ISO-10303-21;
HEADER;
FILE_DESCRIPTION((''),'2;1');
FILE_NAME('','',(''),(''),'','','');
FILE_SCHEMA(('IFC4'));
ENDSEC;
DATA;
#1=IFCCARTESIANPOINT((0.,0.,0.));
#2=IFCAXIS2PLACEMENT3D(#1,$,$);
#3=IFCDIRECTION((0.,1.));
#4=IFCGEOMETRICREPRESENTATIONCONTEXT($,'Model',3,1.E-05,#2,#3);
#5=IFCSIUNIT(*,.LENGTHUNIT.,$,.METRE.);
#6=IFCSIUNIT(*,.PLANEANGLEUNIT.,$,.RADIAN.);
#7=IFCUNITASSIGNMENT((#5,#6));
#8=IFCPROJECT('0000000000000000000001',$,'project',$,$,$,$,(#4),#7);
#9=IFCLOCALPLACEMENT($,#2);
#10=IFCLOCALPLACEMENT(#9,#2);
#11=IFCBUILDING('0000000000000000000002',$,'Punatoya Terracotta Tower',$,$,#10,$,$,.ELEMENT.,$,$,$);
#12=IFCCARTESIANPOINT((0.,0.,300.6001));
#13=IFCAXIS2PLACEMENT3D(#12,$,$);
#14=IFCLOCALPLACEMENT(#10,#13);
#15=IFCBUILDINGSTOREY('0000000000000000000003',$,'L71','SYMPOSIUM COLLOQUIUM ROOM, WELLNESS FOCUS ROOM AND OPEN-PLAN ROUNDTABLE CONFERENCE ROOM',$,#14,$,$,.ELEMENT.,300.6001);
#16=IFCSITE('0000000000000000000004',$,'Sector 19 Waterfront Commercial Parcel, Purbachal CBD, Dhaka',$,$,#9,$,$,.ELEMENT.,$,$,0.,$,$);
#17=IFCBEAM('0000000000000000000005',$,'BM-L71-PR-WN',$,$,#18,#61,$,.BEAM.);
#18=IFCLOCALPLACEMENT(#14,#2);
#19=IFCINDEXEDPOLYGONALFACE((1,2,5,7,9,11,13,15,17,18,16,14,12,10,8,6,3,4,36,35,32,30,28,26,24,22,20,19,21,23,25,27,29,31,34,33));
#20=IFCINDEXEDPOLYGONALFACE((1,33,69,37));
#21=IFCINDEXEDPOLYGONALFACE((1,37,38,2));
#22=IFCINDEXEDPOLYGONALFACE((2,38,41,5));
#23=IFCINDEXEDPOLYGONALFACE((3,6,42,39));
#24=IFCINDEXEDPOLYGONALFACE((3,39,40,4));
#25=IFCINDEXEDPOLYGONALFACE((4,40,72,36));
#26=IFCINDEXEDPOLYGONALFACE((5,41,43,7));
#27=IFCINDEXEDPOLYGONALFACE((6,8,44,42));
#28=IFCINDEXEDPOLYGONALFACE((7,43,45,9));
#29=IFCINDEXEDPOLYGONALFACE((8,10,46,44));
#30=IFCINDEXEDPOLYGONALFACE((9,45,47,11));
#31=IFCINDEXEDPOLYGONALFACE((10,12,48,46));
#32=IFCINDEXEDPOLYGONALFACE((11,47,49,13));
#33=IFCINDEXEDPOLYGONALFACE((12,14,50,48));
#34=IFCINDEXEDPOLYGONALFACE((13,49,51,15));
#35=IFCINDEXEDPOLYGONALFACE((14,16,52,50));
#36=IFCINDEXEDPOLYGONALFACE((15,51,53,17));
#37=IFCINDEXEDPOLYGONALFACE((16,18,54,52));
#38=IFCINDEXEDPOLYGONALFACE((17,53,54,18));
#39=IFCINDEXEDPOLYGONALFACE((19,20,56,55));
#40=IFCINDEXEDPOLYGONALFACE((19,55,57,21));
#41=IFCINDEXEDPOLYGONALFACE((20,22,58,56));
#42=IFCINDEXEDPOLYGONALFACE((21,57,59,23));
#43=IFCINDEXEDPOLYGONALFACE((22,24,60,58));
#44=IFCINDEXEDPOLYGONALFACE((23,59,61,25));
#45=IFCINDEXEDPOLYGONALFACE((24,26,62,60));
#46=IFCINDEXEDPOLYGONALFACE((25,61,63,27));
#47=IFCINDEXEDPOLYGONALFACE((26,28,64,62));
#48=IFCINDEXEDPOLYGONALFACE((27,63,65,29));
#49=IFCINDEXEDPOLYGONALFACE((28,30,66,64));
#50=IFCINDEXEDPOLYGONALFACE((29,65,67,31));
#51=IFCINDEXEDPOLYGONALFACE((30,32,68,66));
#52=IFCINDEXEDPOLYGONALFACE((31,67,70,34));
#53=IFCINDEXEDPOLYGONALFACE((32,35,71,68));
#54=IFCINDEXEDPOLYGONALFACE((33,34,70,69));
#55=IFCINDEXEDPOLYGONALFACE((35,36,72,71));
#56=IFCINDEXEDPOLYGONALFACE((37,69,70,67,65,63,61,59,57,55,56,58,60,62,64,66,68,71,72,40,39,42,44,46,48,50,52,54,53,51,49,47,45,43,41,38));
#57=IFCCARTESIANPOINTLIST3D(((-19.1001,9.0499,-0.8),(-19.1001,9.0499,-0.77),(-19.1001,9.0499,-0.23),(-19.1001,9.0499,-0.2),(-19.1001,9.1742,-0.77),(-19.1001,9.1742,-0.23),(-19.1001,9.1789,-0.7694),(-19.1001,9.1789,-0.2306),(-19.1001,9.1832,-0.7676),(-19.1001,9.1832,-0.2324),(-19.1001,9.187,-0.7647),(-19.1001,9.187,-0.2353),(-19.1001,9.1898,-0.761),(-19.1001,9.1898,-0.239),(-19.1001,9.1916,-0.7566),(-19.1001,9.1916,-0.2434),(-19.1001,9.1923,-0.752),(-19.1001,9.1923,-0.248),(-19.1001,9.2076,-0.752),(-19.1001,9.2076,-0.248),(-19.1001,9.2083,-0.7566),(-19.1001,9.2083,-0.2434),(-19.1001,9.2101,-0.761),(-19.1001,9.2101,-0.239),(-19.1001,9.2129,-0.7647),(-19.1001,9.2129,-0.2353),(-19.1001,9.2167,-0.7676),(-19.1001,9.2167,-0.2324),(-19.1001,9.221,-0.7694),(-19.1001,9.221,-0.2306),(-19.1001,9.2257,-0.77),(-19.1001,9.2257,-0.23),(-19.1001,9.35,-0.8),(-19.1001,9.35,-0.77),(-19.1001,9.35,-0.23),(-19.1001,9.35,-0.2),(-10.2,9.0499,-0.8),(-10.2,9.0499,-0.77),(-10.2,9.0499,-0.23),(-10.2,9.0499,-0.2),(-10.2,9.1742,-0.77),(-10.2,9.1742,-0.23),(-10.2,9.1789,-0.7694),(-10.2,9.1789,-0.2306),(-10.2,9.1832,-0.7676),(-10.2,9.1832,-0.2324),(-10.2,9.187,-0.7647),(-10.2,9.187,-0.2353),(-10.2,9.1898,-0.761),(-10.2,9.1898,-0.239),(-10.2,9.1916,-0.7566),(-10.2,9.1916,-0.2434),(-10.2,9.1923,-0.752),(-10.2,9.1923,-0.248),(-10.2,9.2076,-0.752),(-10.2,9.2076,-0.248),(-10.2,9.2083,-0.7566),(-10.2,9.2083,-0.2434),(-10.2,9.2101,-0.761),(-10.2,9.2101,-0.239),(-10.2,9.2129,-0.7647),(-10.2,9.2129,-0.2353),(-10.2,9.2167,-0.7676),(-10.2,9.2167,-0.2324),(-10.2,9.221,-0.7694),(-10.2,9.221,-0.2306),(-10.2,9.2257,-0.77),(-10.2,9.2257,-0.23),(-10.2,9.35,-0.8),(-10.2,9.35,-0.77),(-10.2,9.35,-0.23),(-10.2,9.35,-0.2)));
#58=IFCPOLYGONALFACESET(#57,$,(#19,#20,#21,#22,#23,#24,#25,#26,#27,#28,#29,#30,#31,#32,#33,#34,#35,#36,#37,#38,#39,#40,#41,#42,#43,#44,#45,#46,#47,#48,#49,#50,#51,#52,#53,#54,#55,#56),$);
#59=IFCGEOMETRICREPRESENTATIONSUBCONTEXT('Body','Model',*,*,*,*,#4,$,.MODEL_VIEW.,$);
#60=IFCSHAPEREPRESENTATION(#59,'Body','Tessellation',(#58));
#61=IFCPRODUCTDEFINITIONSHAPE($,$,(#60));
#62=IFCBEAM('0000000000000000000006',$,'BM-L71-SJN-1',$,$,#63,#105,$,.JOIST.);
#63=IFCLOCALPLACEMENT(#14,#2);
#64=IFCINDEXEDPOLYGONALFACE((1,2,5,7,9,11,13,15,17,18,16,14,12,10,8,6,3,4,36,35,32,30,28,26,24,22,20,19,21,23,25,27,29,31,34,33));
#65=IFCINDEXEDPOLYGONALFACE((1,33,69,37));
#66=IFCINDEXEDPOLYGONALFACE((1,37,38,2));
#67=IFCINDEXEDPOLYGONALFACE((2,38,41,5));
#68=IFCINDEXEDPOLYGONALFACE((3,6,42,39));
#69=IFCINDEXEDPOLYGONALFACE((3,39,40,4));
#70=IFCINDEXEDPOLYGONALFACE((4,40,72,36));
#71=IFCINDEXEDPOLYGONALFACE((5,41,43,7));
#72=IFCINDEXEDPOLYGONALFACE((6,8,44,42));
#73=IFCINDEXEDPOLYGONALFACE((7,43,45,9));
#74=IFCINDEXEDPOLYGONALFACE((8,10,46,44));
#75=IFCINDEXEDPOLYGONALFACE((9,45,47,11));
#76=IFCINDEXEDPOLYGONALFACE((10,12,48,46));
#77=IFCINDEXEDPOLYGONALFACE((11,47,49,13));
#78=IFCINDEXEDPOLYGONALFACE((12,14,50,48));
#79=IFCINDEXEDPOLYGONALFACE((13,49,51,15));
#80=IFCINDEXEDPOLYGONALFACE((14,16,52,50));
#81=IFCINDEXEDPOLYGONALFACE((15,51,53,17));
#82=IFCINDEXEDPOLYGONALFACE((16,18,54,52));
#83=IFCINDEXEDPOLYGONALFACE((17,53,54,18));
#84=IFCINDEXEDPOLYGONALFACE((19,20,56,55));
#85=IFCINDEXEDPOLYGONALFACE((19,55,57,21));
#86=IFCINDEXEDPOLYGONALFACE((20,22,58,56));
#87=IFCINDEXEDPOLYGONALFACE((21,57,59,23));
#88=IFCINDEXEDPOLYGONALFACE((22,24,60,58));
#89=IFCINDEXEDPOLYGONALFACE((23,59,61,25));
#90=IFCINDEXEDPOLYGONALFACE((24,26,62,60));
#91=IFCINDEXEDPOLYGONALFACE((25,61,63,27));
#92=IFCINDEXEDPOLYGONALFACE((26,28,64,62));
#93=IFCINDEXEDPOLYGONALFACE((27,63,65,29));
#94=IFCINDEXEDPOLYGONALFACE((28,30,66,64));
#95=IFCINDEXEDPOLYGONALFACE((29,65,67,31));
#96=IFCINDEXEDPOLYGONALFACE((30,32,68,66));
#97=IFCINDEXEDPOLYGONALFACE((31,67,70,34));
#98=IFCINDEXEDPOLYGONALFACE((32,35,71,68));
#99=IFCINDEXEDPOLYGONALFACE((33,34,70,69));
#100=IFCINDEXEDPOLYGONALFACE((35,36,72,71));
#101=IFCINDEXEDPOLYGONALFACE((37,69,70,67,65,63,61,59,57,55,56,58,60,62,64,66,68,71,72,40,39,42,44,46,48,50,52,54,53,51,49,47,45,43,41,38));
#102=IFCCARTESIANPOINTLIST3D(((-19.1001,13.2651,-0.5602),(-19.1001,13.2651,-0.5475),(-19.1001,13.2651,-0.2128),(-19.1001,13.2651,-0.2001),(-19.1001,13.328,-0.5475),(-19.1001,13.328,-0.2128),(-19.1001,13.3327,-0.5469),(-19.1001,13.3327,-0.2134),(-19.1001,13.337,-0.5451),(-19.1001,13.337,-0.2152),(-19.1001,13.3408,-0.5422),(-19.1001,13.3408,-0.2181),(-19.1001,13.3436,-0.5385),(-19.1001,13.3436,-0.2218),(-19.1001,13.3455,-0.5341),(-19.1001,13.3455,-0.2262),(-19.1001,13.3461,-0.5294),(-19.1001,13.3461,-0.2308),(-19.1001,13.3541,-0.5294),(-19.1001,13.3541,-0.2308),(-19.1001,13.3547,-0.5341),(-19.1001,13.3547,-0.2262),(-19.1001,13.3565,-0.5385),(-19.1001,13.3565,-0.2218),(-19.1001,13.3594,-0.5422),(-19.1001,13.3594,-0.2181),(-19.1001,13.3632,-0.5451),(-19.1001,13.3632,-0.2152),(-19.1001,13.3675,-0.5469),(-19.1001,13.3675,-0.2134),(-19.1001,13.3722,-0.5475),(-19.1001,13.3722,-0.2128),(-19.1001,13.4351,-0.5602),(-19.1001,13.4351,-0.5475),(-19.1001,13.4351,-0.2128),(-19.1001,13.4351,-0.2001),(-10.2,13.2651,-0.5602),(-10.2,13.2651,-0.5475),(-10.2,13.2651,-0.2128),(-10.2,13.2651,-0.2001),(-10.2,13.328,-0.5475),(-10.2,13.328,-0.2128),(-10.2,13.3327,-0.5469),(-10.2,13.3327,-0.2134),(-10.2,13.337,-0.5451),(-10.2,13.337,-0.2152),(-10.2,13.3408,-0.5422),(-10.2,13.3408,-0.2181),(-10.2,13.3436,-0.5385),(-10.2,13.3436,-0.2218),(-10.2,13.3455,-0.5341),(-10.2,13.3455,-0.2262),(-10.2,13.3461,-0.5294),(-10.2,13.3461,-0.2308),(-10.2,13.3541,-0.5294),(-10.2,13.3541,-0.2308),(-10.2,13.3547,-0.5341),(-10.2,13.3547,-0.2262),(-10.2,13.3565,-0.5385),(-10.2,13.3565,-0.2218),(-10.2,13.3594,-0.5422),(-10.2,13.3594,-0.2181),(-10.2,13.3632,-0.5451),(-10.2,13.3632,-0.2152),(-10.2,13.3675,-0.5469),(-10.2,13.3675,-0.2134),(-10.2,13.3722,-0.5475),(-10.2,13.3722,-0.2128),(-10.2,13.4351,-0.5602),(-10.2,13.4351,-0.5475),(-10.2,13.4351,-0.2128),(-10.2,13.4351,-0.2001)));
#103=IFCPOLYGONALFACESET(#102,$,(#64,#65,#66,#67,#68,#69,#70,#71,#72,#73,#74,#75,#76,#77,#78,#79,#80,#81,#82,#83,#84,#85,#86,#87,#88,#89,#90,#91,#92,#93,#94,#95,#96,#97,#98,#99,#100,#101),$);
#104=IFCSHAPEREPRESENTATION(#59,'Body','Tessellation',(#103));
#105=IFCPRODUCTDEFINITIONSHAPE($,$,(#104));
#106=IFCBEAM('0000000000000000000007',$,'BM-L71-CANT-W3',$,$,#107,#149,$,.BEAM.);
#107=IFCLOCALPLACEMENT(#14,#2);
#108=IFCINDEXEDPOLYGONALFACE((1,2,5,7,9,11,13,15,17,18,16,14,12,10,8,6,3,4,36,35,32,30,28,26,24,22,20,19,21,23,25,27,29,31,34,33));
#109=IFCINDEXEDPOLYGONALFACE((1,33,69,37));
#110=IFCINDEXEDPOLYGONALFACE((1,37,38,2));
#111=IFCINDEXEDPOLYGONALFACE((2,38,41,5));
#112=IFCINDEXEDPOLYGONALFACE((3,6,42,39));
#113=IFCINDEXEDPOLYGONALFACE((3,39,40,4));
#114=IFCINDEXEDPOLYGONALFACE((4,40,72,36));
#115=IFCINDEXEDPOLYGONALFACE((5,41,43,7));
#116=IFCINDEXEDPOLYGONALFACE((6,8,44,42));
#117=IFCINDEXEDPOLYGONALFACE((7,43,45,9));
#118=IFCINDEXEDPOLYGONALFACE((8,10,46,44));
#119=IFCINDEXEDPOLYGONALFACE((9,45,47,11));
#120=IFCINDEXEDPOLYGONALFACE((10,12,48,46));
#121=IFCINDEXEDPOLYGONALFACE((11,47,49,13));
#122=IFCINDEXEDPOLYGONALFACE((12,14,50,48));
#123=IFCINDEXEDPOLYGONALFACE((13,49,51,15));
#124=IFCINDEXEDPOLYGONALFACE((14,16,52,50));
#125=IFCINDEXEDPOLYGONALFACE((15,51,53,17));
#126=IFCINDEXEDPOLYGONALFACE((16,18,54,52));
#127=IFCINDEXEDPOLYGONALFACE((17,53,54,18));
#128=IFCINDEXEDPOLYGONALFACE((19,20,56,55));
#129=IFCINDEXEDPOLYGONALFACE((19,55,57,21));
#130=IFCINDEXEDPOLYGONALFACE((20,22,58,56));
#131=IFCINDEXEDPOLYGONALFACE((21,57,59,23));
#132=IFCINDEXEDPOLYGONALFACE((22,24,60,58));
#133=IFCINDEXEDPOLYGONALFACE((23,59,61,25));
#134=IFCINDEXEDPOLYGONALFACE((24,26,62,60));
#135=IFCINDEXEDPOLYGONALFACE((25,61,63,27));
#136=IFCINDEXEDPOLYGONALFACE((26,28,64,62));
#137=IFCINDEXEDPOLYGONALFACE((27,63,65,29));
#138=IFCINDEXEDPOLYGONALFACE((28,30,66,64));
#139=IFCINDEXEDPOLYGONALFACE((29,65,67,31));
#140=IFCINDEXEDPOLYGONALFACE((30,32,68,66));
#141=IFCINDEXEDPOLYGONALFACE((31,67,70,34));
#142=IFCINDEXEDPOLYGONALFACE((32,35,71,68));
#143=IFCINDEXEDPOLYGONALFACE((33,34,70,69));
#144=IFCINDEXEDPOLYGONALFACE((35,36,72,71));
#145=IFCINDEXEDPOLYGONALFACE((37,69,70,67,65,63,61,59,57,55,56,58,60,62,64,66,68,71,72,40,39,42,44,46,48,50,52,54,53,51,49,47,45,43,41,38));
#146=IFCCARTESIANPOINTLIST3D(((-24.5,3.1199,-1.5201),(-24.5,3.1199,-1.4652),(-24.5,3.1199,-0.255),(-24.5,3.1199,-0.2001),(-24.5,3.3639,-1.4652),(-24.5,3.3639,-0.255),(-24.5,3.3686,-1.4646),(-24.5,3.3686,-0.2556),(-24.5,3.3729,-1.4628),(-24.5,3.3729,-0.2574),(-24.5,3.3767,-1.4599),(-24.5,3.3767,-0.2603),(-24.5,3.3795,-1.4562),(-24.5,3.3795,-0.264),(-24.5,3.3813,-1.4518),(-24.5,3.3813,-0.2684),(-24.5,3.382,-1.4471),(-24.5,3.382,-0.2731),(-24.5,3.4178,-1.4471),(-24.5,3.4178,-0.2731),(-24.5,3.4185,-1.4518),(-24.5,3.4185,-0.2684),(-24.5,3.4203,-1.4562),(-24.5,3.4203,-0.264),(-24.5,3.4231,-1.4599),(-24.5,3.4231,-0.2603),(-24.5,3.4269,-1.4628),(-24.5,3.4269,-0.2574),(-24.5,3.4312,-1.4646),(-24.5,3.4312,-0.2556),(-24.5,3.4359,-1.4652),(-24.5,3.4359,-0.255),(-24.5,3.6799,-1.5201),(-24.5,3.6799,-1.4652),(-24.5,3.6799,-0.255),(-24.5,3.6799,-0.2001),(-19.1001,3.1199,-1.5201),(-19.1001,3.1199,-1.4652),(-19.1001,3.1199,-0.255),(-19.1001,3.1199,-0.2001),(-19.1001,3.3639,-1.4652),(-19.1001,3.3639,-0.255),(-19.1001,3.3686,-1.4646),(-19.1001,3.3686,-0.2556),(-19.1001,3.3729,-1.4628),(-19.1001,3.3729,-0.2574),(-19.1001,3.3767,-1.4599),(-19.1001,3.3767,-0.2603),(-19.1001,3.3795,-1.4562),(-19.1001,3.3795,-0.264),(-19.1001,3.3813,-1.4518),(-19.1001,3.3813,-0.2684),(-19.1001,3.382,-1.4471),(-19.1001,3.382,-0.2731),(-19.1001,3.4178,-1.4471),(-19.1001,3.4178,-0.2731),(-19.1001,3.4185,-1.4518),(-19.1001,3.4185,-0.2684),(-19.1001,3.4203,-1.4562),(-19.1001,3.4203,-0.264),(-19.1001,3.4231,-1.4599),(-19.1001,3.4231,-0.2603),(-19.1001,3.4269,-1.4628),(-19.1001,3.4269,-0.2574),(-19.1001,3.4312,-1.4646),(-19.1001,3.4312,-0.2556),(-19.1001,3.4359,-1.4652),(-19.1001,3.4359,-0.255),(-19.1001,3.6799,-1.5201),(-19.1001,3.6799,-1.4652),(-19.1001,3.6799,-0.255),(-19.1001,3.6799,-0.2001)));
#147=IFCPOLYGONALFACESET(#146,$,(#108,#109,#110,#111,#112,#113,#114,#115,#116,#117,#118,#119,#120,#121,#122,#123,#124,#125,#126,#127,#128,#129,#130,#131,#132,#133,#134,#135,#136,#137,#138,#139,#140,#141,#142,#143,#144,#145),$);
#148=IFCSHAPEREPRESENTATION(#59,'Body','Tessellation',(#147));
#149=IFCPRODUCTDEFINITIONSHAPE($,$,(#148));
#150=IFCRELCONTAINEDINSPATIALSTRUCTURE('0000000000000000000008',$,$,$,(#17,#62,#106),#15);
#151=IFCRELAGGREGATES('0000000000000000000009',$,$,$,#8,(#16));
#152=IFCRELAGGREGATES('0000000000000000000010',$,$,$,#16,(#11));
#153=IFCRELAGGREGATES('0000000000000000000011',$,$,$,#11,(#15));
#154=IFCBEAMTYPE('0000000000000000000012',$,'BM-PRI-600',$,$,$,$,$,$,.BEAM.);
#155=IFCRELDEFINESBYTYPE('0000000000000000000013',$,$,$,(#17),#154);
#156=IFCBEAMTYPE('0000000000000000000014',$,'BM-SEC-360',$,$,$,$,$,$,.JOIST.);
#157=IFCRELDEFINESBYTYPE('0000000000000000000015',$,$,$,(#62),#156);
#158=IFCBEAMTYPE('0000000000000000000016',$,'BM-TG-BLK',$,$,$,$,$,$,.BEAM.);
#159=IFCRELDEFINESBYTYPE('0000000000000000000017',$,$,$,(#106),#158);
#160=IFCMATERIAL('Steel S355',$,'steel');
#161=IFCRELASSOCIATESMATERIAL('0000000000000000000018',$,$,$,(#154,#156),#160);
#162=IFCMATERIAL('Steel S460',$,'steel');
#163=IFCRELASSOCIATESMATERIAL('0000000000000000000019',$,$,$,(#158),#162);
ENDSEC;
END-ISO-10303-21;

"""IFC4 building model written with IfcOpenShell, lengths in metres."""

from ifc_helpers import new_model, si_unit, direction, frame, origin, origin_2d, place, context, subcontext, project, spatial, i_section, extrude, material, material_profile, profile_set, type_object, element, save


model = new_model("IFC4")

# Units and contexts
model_context = context("Model", 3, precision=1e-05, world=origin(), true_north=direction((0.0, 1.0)))
body_context = subcontext(model_context, "Body", "Model", "MODEL_VIEW")
ifc_project = project(units=[si_unit("LENGTHUNIT", "METRE"), si_unit("PLANEANGLEUNIT", "RADIAN")], contexts=[model_context])

# Site, building, storey
site_placement = place(None, origin())
site = spatial("IfcSite", under=ifc_project, at=site_placement, Name="Sector 19 Waterfront Commercial Parcel, Purbachal CBD, Dhaka", CompositionType="ELEMENT", RefElevation=0.0)
building_placement = place(site_placement, origin())
building = spatial("IfcBuilding", under=site, at=building_placement, Name="Punatoya Terracotta Tower", CompositionType="ELEMENT")
storey_placement = place(building_placement, frame((0.0, 0.0, 300.6001)))
storey = spatial("IfcBuildingStorey", under=building, at=storey_placement, Name="L71", Description="SYMPOSIUM COLLOQUIUM ROOM, WELLNESS FOCUS ROOM AND OPEN-PLAN ROUNDTABLE CONFERENCE ROOM", CompositionType="ELEMENT", Elevation=300.6001)

# Shared definitions
ifc_material_1 = material(Name="Steel S460", Category="steel")

# Beams
ifc_material_2 = material(Name="Steel S355", Category="steel")
ifc_material_profile_1 = material_profile(ifc_material_2, i_section(OverallWidth=0.3, OverallDepth=0.6001, WebThickness=0.0154, FlangeThickness=0.03, FilletRadius=0.0181, at=origin_2d()))
ifc_profile_set_1 = profile_set([ifc_material_profile_1], Name="Steel S355")
beam_type_1 = type_object("IfcBeamType", Name="BM-PRI-600", PredefinedType="BEAM", material=ifc_profile_set_1)
for number, where, z_axis, x_axis, name in (
    (1, (-19.1001, 9.2, -0.5), (1.0, 0.0, 0.0), (0.0, 1.0, 0.0), "BM-L71-PR-WN"),
):
    element("IfcBeam", number, at=place(storey_placement, frame(where, z_axis=z_axis, x_axis=x_axis)), inside=storey, type_object=beam_type_1, Name=name, PredefinedType="BEAM", context=body_context, shape_type="SweptSolid", body=[
        extrude(i_section(OverallWidth=0.3, OverallDepth=0.6001, WebThickness=0.0154, FlangeThickness=0.03, FilletRadius=0.0181, at=origin_2d()), origin(), (0.0, 0.0, 1.0), 8.9001),
    ])
ifc_material_profile_2 = material_profile(ifc_material_2, i_section(OverallWidth=0.1699, OverallDepth=0.3601, WebThickness=0.0081, FlangeThickness=0.0127, FilletRadius=0.0181, at=origin_2d()))
ifc_profile_set_2 = profile_set([ifc_material_profile_2], Name="Steel S355")
beam_type_2 = type_object("IfcBeamType", Name="BM-SEC-360", PredefinedType="JOIST", material=ifc_profile_set_2)
beam_1_placement = place(storey_placement, frame((-19.1001, 13.3501, -0.3801), z_axis=(1.0, 0.0, 0.0), x_axis=(0.0, 1.0, 0.0)))
element("IfcBeam", 2, at=beam_1_placement, inside=storey, type_object=beam_type_2, Name="BM-L71-SJN-1", PredefinedType="JOIST", context=body_context, shape_type="SweptSolid", body=[
    extrude(i_section(OverallWidth=0.1699, OverallDepth=0.3601, WebThickness=0.0081, FlangeThickness=0.0127, FilletRadius=0.0181, at=origin_2d()), origin(), (0.0, 0.0, 1.0), 8.9001),
])
ifc_material_profile_3 = material_profile(ifc_material_1, i_section(OverallWidth=0.5601, OverallDepth=1.3201, WebThickness=0.0359, FlangeThickness=0.0549, FilletRadius=0.0181, at=origin_2d()))
ifc_profile_set_3 = profile_set([ifc_material_profile_3], Name="Steel S460")
beam_type_3 = type_object("IfcBeamType", Name="BM-TG-BLK", PredefinedType="BEAM", material=ifc_profile_set_3)
beam_2_placement = place(storey_placement, frame((-24.5, 3.3999, -0.8601), z_axis=(1.0, 0.0, 0.0), x_axis=(0.0, 1.0, 0.0)))
element("IfcBeam", 3, at=beam_2_placement, inside=storey, type_object=beam_type_3, Name="BM-L71-CANT-W3", PredefinedType="BEAM", context=body_context, shape_type="SweptSolid", body=[
    extrude(i_section(OverallWidth=0.5601, OverallDepth=1.3201, WebThickness=0.0359, FlangeThickness=0.0549, FilletRadius=0.0181, at=origin_2d()), origin(), (0.0, 0.0, 1.0), 5.3999),
])

save(model, "model.ifc")
